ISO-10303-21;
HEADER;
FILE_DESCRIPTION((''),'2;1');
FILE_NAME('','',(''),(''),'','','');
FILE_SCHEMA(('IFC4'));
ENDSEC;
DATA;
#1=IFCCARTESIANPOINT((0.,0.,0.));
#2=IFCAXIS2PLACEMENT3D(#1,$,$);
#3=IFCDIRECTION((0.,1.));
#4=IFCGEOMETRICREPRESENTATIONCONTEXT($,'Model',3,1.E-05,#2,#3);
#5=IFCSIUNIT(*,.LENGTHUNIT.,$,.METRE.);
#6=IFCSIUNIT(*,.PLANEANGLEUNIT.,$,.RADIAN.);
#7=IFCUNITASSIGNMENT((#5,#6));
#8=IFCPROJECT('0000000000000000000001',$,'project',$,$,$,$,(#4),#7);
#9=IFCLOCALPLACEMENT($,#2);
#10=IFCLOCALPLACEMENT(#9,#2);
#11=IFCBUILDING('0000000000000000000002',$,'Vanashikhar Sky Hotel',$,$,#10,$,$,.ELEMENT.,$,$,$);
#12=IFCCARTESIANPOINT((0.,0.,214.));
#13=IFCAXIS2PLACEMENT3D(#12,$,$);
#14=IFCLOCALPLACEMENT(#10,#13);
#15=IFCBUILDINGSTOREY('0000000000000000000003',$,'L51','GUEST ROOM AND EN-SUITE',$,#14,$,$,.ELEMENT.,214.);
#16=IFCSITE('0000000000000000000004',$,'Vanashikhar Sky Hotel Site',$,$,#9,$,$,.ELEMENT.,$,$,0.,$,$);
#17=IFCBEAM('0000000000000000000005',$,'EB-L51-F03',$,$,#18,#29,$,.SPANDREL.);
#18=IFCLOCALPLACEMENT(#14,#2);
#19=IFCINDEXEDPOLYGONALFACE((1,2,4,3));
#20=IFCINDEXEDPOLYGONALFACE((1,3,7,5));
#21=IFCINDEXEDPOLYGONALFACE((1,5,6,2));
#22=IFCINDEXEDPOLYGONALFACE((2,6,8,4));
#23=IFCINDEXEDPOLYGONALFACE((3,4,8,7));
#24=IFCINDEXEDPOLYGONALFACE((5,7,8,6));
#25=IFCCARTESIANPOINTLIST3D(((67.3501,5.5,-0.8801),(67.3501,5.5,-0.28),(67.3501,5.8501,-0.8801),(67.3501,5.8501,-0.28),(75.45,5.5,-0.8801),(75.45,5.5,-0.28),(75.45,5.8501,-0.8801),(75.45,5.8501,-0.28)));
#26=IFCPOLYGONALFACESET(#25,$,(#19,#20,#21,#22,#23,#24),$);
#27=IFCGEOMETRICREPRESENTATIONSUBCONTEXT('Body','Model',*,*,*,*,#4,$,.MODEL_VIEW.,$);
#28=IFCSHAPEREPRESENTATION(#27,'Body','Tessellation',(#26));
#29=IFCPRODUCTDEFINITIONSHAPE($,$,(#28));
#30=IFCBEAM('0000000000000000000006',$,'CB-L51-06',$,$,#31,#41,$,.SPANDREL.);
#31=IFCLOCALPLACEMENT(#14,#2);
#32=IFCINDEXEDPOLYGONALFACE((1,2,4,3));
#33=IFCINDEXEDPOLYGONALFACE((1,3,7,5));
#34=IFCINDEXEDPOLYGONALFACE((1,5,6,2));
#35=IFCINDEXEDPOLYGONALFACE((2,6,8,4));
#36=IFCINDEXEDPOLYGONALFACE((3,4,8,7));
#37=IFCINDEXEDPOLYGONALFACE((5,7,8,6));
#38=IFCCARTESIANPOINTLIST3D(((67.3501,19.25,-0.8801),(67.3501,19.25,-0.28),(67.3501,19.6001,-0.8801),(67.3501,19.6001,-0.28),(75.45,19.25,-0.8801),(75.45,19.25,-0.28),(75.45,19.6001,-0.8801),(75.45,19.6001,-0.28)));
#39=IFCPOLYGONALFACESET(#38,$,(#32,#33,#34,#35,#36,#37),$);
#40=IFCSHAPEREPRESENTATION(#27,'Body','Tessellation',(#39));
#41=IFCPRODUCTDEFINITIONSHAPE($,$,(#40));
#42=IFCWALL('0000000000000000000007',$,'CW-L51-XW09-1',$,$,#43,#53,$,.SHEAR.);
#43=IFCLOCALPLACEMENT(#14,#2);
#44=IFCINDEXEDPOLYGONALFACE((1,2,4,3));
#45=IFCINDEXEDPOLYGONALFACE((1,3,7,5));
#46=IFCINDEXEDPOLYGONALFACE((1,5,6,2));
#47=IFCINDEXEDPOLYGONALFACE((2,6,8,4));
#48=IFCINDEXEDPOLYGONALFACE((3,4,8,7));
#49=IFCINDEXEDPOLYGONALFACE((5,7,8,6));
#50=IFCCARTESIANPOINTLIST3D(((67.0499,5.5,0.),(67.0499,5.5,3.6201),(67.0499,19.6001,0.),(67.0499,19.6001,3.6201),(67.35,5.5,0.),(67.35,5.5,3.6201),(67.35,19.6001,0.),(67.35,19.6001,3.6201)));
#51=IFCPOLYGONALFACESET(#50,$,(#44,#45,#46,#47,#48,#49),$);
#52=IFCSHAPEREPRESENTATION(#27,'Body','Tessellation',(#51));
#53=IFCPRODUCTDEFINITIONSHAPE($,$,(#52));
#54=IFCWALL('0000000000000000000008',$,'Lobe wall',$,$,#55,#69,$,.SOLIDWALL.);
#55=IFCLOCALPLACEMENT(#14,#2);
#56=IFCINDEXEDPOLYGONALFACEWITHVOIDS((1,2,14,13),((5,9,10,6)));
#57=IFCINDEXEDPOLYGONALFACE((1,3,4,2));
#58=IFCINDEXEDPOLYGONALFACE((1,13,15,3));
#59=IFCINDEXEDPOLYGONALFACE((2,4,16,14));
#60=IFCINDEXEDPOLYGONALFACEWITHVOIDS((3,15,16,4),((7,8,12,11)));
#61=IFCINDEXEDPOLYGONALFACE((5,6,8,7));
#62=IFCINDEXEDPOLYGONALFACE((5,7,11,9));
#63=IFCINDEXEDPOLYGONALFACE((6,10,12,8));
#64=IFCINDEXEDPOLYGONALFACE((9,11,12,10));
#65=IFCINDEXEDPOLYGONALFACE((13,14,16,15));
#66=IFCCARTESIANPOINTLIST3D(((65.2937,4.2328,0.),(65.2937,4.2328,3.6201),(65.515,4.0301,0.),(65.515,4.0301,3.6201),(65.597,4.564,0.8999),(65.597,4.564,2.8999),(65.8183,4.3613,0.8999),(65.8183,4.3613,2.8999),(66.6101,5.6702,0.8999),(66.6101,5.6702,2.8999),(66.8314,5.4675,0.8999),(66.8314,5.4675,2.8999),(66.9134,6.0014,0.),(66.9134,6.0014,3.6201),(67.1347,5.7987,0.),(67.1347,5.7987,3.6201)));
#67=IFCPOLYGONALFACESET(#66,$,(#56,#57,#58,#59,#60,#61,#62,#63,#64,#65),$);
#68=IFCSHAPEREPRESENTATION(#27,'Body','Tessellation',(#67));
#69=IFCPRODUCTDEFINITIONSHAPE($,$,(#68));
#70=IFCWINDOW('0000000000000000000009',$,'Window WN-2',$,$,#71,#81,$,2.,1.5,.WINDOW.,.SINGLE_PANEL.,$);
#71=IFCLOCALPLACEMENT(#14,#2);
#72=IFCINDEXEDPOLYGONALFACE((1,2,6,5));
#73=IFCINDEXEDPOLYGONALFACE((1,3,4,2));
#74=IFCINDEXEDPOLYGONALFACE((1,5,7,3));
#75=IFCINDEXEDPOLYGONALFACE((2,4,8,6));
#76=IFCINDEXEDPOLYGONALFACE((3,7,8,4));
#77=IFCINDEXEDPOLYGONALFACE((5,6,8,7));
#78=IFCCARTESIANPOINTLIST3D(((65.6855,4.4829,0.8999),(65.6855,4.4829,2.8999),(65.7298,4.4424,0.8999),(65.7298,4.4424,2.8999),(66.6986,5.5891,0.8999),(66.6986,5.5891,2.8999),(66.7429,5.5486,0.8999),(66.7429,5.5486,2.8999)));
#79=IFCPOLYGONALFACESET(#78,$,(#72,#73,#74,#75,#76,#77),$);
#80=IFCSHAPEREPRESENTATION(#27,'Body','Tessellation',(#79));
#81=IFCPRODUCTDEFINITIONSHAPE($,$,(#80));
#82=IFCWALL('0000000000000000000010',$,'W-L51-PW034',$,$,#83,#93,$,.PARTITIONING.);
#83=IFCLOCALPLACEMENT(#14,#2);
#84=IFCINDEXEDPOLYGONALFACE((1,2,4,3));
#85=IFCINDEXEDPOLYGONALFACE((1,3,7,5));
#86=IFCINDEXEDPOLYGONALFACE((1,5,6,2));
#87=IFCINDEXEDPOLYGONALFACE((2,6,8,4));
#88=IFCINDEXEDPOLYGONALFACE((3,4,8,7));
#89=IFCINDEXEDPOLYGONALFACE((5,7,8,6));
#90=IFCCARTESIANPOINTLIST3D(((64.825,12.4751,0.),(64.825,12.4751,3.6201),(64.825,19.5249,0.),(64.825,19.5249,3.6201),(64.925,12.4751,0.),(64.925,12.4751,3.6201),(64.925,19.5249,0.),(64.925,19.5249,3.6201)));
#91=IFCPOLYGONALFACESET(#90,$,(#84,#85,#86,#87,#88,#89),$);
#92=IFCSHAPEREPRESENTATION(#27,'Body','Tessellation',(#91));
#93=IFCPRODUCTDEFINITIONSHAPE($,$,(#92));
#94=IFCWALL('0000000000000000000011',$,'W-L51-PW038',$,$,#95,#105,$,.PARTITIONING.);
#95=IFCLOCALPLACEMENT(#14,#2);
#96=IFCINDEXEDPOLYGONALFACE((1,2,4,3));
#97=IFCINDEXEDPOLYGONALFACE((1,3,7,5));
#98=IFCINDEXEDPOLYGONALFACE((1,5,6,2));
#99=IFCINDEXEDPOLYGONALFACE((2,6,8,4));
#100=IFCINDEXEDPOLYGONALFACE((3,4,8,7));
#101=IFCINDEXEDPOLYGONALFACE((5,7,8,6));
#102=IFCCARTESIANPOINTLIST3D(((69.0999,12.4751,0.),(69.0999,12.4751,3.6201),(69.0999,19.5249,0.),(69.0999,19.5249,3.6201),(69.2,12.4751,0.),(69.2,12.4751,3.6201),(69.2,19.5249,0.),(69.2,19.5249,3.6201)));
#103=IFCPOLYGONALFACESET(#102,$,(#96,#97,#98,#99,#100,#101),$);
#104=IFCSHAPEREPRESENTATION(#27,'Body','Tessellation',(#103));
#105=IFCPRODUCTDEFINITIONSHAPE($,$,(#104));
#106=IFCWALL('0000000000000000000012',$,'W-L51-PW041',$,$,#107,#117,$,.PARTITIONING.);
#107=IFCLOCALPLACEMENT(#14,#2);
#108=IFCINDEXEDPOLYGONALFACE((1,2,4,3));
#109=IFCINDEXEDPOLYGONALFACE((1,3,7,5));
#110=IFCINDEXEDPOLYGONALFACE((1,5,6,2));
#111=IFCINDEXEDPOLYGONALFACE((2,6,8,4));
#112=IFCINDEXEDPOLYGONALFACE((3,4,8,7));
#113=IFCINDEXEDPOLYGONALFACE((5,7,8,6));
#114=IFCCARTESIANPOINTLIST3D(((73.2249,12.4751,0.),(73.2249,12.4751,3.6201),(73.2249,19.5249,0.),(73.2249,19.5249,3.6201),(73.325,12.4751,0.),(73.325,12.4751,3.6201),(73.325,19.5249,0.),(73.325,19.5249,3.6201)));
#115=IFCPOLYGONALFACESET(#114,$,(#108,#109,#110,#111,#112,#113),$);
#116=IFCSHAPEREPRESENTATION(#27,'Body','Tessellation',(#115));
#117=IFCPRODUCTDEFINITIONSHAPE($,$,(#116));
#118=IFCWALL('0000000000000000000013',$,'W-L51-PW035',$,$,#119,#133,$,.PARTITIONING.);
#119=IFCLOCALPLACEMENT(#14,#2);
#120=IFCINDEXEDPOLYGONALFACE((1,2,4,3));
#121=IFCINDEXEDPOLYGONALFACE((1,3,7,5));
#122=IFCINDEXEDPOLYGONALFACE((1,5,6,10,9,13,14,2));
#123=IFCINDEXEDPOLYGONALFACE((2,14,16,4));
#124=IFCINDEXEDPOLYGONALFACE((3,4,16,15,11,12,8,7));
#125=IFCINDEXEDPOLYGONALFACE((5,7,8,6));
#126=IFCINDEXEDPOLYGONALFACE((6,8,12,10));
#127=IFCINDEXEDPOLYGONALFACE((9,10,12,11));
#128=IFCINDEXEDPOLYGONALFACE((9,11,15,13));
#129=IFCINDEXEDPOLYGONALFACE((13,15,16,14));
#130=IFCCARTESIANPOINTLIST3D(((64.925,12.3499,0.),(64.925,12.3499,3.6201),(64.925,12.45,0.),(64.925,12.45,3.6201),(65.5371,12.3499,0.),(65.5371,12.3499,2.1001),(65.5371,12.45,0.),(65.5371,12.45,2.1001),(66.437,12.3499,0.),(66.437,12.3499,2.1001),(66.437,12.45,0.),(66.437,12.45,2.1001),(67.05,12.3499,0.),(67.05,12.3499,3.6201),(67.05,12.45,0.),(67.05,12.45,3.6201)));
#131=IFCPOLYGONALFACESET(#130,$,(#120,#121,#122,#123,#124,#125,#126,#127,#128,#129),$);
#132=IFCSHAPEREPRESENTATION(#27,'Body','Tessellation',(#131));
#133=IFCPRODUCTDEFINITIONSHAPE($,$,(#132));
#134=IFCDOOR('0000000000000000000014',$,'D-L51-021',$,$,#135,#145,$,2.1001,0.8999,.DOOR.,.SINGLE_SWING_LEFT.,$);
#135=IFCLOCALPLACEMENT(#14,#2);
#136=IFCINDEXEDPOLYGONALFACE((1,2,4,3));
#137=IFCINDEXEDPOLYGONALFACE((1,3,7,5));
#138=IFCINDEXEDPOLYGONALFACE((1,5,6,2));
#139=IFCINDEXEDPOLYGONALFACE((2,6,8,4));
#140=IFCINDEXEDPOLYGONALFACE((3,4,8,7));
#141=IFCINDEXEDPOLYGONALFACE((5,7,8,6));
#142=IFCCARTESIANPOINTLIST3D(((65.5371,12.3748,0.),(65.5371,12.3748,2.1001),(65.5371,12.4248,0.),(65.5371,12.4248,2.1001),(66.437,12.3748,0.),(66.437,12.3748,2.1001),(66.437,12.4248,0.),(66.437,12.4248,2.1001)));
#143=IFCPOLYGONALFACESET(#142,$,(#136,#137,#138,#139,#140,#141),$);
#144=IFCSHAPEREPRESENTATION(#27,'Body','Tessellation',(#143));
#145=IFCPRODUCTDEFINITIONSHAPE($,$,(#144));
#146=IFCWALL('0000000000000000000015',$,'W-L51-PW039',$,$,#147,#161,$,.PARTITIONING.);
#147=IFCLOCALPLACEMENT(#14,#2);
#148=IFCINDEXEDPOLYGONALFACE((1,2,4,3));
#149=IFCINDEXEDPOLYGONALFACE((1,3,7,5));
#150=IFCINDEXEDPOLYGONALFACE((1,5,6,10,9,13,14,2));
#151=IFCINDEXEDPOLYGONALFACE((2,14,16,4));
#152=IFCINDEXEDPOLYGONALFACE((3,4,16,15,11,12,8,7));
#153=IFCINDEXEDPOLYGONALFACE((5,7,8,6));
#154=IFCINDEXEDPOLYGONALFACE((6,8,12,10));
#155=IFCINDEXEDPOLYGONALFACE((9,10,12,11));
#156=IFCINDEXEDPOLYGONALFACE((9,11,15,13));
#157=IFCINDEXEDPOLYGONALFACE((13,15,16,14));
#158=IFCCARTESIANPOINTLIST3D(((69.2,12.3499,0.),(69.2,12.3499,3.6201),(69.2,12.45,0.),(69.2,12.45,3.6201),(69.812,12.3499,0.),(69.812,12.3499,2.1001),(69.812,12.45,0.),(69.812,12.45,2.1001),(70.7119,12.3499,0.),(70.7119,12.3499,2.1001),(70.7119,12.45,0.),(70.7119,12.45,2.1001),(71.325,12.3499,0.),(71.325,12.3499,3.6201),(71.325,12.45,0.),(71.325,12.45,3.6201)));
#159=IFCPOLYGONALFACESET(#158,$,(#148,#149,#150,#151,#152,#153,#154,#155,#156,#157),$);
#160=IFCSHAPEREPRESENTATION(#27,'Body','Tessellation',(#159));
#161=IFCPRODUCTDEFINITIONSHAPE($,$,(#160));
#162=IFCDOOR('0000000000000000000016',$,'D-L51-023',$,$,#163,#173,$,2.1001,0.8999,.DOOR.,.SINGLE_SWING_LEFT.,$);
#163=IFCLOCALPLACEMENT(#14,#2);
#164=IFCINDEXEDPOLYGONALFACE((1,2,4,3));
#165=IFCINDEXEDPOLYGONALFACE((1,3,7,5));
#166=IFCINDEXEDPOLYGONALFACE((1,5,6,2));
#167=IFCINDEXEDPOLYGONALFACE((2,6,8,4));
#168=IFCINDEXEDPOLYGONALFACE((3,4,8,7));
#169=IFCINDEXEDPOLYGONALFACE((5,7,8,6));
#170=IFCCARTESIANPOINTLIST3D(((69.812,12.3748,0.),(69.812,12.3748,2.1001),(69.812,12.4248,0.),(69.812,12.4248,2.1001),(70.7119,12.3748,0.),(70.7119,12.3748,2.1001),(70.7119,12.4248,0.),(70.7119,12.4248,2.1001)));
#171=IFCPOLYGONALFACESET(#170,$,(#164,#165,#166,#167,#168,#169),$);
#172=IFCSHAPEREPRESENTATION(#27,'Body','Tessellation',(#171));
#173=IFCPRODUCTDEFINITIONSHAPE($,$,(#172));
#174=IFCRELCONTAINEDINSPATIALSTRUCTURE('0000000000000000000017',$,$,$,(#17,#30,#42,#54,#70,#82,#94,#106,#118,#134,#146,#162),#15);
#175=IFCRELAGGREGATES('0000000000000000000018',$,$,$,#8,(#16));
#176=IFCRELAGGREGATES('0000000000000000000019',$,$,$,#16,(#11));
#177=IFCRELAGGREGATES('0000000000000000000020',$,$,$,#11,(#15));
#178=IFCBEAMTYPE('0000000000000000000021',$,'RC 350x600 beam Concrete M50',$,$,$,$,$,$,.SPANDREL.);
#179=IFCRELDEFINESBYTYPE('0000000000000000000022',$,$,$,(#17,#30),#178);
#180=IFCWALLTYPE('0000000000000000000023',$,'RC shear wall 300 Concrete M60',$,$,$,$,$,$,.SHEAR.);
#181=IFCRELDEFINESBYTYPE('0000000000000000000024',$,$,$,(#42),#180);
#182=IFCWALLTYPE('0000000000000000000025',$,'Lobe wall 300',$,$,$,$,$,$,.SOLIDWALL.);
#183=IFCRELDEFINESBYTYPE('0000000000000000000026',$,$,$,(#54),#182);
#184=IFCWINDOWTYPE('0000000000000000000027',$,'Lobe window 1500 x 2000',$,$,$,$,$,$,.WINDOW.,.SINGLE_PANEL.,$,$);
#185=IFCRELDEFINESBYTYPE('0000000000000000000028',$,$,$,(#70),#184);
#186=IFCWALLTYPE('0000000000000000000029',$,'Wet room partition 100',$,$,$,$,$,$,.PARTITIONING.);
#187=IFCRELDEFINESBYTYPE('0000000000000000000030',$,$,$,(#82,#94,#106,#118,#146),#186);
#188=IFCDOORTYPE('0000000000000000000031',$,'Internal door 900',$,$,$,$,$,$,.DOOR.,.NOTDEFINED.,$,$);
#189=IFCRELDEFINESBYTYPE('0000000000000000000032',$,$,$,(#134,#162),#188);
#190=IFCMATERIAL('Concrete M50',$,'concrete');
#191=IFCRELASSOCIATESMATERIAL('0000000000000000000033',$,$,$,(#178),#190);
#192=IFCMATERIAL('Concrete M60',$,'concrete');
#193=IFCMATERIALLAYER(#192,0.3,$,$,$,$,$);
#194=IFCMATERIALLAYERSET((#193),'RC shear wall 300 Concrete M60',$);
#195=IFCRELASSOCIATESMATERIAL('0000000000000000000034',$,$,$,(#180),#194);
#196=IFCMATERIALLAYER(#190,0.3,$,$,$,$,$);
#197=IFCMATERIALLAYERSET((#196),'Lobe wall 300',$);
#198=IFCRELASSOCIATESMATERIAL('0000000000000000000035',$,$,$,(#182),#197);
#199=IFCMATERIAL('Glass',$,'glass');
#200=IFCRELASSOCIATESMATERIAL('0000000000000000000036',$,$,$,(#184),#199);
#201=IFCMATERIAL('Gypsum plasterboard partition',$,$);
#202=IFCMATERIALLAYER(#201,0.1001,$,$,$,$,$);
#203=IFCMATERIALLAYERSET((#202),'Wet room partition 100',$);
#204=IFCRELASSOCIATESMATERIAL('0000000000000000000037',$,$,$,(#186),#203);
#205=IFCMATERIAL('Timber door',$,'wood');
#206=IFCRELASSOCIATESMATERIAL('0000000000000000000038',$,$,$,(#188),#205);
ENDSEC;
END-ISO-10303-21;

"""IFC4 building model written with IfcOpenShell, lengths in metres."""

from ifc_helpers import new_model, si_unit, direction, frame, frame_2d, origin, origin_2d, place, context, subcontext, project, spatial, rectangle, extrude, source, transform, mapped, material, layer, layer_set, material_profile, profile_set, type_object, element, fill, save


model = new_model("IFC4")

# Units and contexts
model_context = context("Model", 3, precision=1e-05, world=origin(), true_north=direction((0.0, 1.0)))
body_context = subcontext(model_context, "Body", "Model", "MODEL_VIEW")
ifc_project = project(units=[si_unit("LENGTHUNIT", "METRE"), si_unit("PLANEANGLEUNIT", "RADIAN")], contexts=[model_context])

# Site, building, storey
site_placement = place(None, origin())
site = spatial("IfcSite", under=ifc_project, at=site_placement, Name="Vanashikhar Sky Hotel Site", CompositionType="ELEMENT", RefElevation=0.0)
building_placement = place(site_placement, origin())
building = spatial("IfcBuilding", under=site, at=building_placement, Name="Vanashikhar Sky Hotel", CompositionType="ELEMENT")
storey_placement = place(building_placement, frame((0.0, 0.0, 214.0)))
storey = spatial("IfcBuildingStorey", under=building, at=storey_placement, Name="L51", Description="GUEST ROOM AND EN-SUITE", CompositionType="ELEMENT", Elevation=214.0)

# Beams
ifc_material_1 = material(Name="Concrete M50", Category="concrete")
ifc_material_profile_1 = material_profile(ifc_material_1, rectangle(XDim=0.3501, YDim=0.6001, at=origin_2d()))
ifc_profile_set_1 = profile_set([ifc_material_profile_1], Name="RC 350x600 beam Concrete M50")
beam_type = type_object("IfcBeamType", Name="RC 350x600 beam Concrete M50", PredefinedType="SPANDREL", material=ifc_profile_set_1)
shared_shape_1 = source(origin(), body_context, "Body", "SweptSolid", [
    extrude(rectangle(XDim=0.3501, YDim=0.6001, at=origin_2d()), origin(), (0.0, 0.0, 1.0), 8.0999),
])
for number, where, z_axis, x_axis, name in (
    (1, (67.3501, 5.675, -0.5801), (1.0, 0.0, 0.0), (0.0, 1.0, 0.0), "EB-L51-F03"),
    (2, (67.3501, 19.425, -0.5801), (1.0, 0.0, 0.0), (0.0, 1.0, 0.0), "CB-L51-06"),
):
    element("IfcBeam", number, at=place(storey_placement, frame(where, z_axis=z_axis, x_axis=x_axis)), inside=storey, type_object=beam_type, Name=name, PredefinedType="SPANDREL", context=body_context, shape_type="MappedRepresentation", body=[
        mapped(shared_shape_1, transform((0.0, 0.0, 0.0), scale=1.0)),
    ])

# Wall
ifc_material_2 = material(Name="Concrete M60", Category="concrete")
ifc_layer_1 = layer(ifc_material_2, 0.3)
ifc_layer_set_1 = layer_set([ifc_layer_1], Name="RC shear wall 300 Concrete M60")
wall_type_1 = type_object("IfcWallType", Name="RC shear wall 300 Concrete M60", PredefinedType="SHEAR", material=ifc_layer_set_1)
shared_shape_2 = source(origin(), body_context, "Body", "SweptSolid", [
    extrude(rectangle(XDim=14.1001, YDim=0.3, at=frame_2d((7.05, 0.0))), origin(), (0.0, 0.0, 1.0), 3.6201),
])
wall_1_placement = place(storey_placement, frame((67.2, 5.5, 0.0), z_axis=(0.0, 0.0, 1.0), x_axis=(0.0, 1.0, 0.0)))
element("IfcWall", 3, at=wall_1_placement, inside=storey, type_object=wall_type_1, Name="CW-L51-XW09-1", PredefinedType="SHEAR", context=body_context, shape_type="MappedRepresentation", body=[
    mapped(shared_shape_2, transform((0.0, 0.0, 0.0), scale=1.0)),
])

# Shared definitions
ifc_material_3 = material(Name="Glass", Category="glass")

# Wall, opening, window
ifc_layer_2 = layer(ifc_material_1, 0.3)
ifc_layer_set_2 = layer_set([ifc_layer_2], Name="Lobe wall 300")
wall_type_2 = type_object("IfcWallType", Name="Lobe wall 300", PredefinedType="SOLIDWALL", material=ifc_layer_set_2)
shared_shape_3 = source(origin(), body_context, "Body", "SweptSolid", [
    extrude(rectangle(XDim=2.3982, YDim=0.3, at=frame_2d((1.1992, 0.0))), origin(), (0.0, 0.0, 1.0), 3.6201),
])
wall_2_placement = place(storey_placement, frame((65.4043, 4.1313, 0.0), z_axis=(0.0, 0.0, 1.0), x_axis=(0.675374, 0.737475, 0.0)))
wall_2 = element("IfcWall", 4, at=wall_2_placement, inside=storey, type_object=wall_type_2, Name="Lobe wall", PredefinedType="SOLIDWALL", context=body_context, shape_type="MappedRepresentation", body=[
    mapped(shared_shape_3, transform((0.0, 0.0, 0.0), scale=1.0)),
])
shared_shape_4 = source(origin(), body_context, "Body", "SweptSolid", [
    extrude(rectangle(XDim=1.5, YDim=2.0, at=frame_2d((0.75, 1.0))), frame((0.0, 0.1602, 0.0), z_axis=(0.0, -1.0, 0.0), x_axis=(1.0, 0.0, 0.0)), (0.0, 0.0, 1.0), 0.3201),
])
opening_1_placement = place(wall_2_placement, frame((0.4492, 0.0, 0.8999)))
opening_1 = element("IfcOpeningElement", 5, at=opening_1_placement, cuts=wall_2, PredefinedType="OPENING", context=body_context, shape_type="MappedRepresentation", body=[
    mapped(shared_shape_4, transform((0.0, 0.0, 0.0), scale=1.0)),
])
window_type_1 = type_object("IfcWindowType", Name="Lobe window 1500 x 2000", PartitioningType="SINGLE_PANEL", PredefinedType="WINDOW", material=ifc_material_3)
shared_shape_5 = source(origin(), body_context, "Body", "SweptSolid", [
    extrude(rectangle(XDim=1.5, YDim=2.0, at=frame_2d((0.75, 1.0))), frame((0.0, 0.03, 0.0), z_axis=(0.0, -1.0, 0.0), x_axis=(1.0, 0.0, 0.0)), (0.0, 0.0, 1.0), 0.0601),
])
window_1_placement = place(opening_1_placement, origin())
window_1 = element("IfcWindow", 6, at=window_1_placement, inside=storey, type_object=window_type_1, Name="Window WN-2", OverallHeight=2.0, OverallWidth=1.5, PartitioningType="SINGLE_PANEL", PredefinedType="WINDOW", context=body_context, shape_type="MappedRepresentation", body=[
    mapped(shared_shape_5, transform((0.0, 0.0, 0.0), scale=1.0)),
])
fill(opening_1, window_1)

# Walls
ifc_material_4 = material(Name="Gypsum plasterboard partition")
ifc_layer_3 = layer(ifc_material_4, 0.1001)
ifc_layer_set_3 = layer_set([ifc_layer_3], Name="Wet room partition 100")
wall_type_3 = type_object("IfcWallType", Name="Wet room partition 100", PredefinedType="PARTITIONING", material=ifc_layer_set_3)
shared_shape_6 = source(origin(), body_context, "Body", "SweptSolid", [
    extrude(rectangle(XDim=7.0498, YDim=0.1001, at=frame_2d((3.5249, 0.0))), origin(), (0.0, 0.0, 1.0), 3.6201),
])
for number, where, z_axis, x_axis, name in (
    (7, (64.875, 12.4751, 0.0), (0.0, 0.0, 1.0), (0.0, 1.0, 0.0), "W-L51-PW034"),
    (8, (69.1499, 12.4751, 0.0), (0.0, 0.0, 1.0), (0.0, 1.0, 0.0), "W-L51-PW038"),
    (9, (73.2749, 12.4751, 0.0), (0.0, 0.0, 1.0), (0.0, 1.0, 0.0), "W-L51-PW041"),
):
    element("IfcWall", number, at=place(storey_placement, frame(where, z_axis=z_axis, x_axis=x_axis)), inside=storey, type_object=wall_type_3, Name=name, PredefinedType="PARTITIONING", context=body_context, shape_type="MappedRepresentation", body=[
        mapped(shared_shape_6, transform((0.0, 0.0, 0.0), scale=1.0)),
    ])

# Walls, openings, doors
shared_shape_7 = source(origin(), body_context, "Body", "SweptSolid", [
    extrude(rectangle(XDim=2.125, YDim=0.1001, at=frame_2d((1.0625, 0.0))), origin(), (0.0, 0.0, 1.0), 3.6201),
])
wall_3_placement = place(storey_placement, frame((64.925, 12.3999, 0.0), z_axis=(0.0, 0.0, 1.0), x_axis=(1.0, 0.0, 0.0)))
wall_3 = element("IfcWall", 10, at=wall_3_placement, inside=storey, type_object=wall_type_3, Name="W-L51-PW035", PredefinedType="PARTITIONING", context=body_context, shape_type="MappedRepresentation", body=[
    mapped(shared_shape_7, transform((0.0, 0.0, 0.0), scale=1.0)),
])
shared_shape_8 = source(origin(), body_context, "Body", "SweptSolid", [
    extrude(rectangle(XDim=0.8999, YDim=2.1001, at=frame_2d((0.45, 1.05))), frame((0.0, 0.0601, 0.0), z_axis=(0.0, -1.0, 0.0), x_axis=(1.0, 0.0, 0.0)), (0.0, 0.0, 1.0), 0.1201),
])
opening_2_placement = place(wall_3_placement, frame((0.6121, 0.0, 0.0)))
opening_2 = element("IfcOpeningElement", 11, at=opening_2_placement, cuts=wall_3, PredefinedType="OPENING", context=body_context, shape_type="MappedRepresentation", body=[
    mapped(shared_shape_8, transform((0.0, 0.0, 0.0), scale=1.0)),
])
ifc_material_5 = material(Name="Timber door", Category="wood")
door_type_1 = type_object("IfcDoorType", Name="Internal door 900", OperationType="NOTDEFINED", PredefinedType="DOOR", material=ifc_material_5)
shared_shape_9 = source(origin(), body_context, "Body", "SweptSolid", [
    extrude(rectangle(XDim=0.8999, YDim=2.1001, at=frame_2d((0.45, 1.05))), frame((0.0, 0.0249, 0.0), z_axis=(0.0, -1.0, 0.0), x_axis=(1.0, 0.0, 0.0)), (0.0, 0.0, 1.0), 0.05),
])
door_1_placement = place(opening_2_placement, origin())
door_1 = element("IfcDoor", 12, at=door_1_placement, inside=storey, type_object=door_type_1, Name="D-L51-021", OperationType="SINGLE_SWING_LEFT", OverallHeight=2.1001, OverallWidth=0.8999, PredefinedType="DOOR", context=body_context, shape_type="MappedRepresentation", body=[
    mapped(shared_shape_9, transform((0.0, 0.0, 0.0), scale=1.0)),
])
fill(opening_2, door_1)
wall_4_placement = place(storey_placement, frame((69.2, 12.3999, 0.0), z_axis=(0.0, 0.0, 1.0), x_axis=(1.0, 0.0, 0.0)))
wall_4 = element("IfcWall", 13, at=wall_4_placement, inside=storey, type_object=wall_type_3, Name="W-L51-PW039", PredefinedType="PARTITIONING", context=body_context, shape_type="MappedRepresentation", body=[
    mapped(shared_shape_7, transform((0.0, 0.0, 0.0), scale=1.0)),
])
opening_3_placement = place(wall_4_placement, frame((0.6121, 0.0, 0.0)))
opening_3 = element("IfcOpeningElement", 14, at=opening_3_placement, cuts=wall_4, PredefinedType="OPENING", context=body_context, shape_type="MappedRepresentation", body=[
    mapped(shared_shape_8, transform((0.0, 0.0, 0.0), scale=1.0)),
])
door_2_placement = place(opening_3_placement, origin())
door_2 = element("IfcDoor", 15, at=door_2_placement, inside=storey, type_object=door_type_1, Name="D-L51-023", OperationType="SINGLE_SWING_LEFT", OverallHeight=2.1001, OverallWidth=0.8999, PredefinedType="DOOR", context=body_context, shape_type="MappedRepresentation", body=[
    mapped(shared_shape_9, transform((0.0, 0.0, 0.0), scale=1.0)),
])
fill(opening_3, door_2)

save(model, "model.ifc")
